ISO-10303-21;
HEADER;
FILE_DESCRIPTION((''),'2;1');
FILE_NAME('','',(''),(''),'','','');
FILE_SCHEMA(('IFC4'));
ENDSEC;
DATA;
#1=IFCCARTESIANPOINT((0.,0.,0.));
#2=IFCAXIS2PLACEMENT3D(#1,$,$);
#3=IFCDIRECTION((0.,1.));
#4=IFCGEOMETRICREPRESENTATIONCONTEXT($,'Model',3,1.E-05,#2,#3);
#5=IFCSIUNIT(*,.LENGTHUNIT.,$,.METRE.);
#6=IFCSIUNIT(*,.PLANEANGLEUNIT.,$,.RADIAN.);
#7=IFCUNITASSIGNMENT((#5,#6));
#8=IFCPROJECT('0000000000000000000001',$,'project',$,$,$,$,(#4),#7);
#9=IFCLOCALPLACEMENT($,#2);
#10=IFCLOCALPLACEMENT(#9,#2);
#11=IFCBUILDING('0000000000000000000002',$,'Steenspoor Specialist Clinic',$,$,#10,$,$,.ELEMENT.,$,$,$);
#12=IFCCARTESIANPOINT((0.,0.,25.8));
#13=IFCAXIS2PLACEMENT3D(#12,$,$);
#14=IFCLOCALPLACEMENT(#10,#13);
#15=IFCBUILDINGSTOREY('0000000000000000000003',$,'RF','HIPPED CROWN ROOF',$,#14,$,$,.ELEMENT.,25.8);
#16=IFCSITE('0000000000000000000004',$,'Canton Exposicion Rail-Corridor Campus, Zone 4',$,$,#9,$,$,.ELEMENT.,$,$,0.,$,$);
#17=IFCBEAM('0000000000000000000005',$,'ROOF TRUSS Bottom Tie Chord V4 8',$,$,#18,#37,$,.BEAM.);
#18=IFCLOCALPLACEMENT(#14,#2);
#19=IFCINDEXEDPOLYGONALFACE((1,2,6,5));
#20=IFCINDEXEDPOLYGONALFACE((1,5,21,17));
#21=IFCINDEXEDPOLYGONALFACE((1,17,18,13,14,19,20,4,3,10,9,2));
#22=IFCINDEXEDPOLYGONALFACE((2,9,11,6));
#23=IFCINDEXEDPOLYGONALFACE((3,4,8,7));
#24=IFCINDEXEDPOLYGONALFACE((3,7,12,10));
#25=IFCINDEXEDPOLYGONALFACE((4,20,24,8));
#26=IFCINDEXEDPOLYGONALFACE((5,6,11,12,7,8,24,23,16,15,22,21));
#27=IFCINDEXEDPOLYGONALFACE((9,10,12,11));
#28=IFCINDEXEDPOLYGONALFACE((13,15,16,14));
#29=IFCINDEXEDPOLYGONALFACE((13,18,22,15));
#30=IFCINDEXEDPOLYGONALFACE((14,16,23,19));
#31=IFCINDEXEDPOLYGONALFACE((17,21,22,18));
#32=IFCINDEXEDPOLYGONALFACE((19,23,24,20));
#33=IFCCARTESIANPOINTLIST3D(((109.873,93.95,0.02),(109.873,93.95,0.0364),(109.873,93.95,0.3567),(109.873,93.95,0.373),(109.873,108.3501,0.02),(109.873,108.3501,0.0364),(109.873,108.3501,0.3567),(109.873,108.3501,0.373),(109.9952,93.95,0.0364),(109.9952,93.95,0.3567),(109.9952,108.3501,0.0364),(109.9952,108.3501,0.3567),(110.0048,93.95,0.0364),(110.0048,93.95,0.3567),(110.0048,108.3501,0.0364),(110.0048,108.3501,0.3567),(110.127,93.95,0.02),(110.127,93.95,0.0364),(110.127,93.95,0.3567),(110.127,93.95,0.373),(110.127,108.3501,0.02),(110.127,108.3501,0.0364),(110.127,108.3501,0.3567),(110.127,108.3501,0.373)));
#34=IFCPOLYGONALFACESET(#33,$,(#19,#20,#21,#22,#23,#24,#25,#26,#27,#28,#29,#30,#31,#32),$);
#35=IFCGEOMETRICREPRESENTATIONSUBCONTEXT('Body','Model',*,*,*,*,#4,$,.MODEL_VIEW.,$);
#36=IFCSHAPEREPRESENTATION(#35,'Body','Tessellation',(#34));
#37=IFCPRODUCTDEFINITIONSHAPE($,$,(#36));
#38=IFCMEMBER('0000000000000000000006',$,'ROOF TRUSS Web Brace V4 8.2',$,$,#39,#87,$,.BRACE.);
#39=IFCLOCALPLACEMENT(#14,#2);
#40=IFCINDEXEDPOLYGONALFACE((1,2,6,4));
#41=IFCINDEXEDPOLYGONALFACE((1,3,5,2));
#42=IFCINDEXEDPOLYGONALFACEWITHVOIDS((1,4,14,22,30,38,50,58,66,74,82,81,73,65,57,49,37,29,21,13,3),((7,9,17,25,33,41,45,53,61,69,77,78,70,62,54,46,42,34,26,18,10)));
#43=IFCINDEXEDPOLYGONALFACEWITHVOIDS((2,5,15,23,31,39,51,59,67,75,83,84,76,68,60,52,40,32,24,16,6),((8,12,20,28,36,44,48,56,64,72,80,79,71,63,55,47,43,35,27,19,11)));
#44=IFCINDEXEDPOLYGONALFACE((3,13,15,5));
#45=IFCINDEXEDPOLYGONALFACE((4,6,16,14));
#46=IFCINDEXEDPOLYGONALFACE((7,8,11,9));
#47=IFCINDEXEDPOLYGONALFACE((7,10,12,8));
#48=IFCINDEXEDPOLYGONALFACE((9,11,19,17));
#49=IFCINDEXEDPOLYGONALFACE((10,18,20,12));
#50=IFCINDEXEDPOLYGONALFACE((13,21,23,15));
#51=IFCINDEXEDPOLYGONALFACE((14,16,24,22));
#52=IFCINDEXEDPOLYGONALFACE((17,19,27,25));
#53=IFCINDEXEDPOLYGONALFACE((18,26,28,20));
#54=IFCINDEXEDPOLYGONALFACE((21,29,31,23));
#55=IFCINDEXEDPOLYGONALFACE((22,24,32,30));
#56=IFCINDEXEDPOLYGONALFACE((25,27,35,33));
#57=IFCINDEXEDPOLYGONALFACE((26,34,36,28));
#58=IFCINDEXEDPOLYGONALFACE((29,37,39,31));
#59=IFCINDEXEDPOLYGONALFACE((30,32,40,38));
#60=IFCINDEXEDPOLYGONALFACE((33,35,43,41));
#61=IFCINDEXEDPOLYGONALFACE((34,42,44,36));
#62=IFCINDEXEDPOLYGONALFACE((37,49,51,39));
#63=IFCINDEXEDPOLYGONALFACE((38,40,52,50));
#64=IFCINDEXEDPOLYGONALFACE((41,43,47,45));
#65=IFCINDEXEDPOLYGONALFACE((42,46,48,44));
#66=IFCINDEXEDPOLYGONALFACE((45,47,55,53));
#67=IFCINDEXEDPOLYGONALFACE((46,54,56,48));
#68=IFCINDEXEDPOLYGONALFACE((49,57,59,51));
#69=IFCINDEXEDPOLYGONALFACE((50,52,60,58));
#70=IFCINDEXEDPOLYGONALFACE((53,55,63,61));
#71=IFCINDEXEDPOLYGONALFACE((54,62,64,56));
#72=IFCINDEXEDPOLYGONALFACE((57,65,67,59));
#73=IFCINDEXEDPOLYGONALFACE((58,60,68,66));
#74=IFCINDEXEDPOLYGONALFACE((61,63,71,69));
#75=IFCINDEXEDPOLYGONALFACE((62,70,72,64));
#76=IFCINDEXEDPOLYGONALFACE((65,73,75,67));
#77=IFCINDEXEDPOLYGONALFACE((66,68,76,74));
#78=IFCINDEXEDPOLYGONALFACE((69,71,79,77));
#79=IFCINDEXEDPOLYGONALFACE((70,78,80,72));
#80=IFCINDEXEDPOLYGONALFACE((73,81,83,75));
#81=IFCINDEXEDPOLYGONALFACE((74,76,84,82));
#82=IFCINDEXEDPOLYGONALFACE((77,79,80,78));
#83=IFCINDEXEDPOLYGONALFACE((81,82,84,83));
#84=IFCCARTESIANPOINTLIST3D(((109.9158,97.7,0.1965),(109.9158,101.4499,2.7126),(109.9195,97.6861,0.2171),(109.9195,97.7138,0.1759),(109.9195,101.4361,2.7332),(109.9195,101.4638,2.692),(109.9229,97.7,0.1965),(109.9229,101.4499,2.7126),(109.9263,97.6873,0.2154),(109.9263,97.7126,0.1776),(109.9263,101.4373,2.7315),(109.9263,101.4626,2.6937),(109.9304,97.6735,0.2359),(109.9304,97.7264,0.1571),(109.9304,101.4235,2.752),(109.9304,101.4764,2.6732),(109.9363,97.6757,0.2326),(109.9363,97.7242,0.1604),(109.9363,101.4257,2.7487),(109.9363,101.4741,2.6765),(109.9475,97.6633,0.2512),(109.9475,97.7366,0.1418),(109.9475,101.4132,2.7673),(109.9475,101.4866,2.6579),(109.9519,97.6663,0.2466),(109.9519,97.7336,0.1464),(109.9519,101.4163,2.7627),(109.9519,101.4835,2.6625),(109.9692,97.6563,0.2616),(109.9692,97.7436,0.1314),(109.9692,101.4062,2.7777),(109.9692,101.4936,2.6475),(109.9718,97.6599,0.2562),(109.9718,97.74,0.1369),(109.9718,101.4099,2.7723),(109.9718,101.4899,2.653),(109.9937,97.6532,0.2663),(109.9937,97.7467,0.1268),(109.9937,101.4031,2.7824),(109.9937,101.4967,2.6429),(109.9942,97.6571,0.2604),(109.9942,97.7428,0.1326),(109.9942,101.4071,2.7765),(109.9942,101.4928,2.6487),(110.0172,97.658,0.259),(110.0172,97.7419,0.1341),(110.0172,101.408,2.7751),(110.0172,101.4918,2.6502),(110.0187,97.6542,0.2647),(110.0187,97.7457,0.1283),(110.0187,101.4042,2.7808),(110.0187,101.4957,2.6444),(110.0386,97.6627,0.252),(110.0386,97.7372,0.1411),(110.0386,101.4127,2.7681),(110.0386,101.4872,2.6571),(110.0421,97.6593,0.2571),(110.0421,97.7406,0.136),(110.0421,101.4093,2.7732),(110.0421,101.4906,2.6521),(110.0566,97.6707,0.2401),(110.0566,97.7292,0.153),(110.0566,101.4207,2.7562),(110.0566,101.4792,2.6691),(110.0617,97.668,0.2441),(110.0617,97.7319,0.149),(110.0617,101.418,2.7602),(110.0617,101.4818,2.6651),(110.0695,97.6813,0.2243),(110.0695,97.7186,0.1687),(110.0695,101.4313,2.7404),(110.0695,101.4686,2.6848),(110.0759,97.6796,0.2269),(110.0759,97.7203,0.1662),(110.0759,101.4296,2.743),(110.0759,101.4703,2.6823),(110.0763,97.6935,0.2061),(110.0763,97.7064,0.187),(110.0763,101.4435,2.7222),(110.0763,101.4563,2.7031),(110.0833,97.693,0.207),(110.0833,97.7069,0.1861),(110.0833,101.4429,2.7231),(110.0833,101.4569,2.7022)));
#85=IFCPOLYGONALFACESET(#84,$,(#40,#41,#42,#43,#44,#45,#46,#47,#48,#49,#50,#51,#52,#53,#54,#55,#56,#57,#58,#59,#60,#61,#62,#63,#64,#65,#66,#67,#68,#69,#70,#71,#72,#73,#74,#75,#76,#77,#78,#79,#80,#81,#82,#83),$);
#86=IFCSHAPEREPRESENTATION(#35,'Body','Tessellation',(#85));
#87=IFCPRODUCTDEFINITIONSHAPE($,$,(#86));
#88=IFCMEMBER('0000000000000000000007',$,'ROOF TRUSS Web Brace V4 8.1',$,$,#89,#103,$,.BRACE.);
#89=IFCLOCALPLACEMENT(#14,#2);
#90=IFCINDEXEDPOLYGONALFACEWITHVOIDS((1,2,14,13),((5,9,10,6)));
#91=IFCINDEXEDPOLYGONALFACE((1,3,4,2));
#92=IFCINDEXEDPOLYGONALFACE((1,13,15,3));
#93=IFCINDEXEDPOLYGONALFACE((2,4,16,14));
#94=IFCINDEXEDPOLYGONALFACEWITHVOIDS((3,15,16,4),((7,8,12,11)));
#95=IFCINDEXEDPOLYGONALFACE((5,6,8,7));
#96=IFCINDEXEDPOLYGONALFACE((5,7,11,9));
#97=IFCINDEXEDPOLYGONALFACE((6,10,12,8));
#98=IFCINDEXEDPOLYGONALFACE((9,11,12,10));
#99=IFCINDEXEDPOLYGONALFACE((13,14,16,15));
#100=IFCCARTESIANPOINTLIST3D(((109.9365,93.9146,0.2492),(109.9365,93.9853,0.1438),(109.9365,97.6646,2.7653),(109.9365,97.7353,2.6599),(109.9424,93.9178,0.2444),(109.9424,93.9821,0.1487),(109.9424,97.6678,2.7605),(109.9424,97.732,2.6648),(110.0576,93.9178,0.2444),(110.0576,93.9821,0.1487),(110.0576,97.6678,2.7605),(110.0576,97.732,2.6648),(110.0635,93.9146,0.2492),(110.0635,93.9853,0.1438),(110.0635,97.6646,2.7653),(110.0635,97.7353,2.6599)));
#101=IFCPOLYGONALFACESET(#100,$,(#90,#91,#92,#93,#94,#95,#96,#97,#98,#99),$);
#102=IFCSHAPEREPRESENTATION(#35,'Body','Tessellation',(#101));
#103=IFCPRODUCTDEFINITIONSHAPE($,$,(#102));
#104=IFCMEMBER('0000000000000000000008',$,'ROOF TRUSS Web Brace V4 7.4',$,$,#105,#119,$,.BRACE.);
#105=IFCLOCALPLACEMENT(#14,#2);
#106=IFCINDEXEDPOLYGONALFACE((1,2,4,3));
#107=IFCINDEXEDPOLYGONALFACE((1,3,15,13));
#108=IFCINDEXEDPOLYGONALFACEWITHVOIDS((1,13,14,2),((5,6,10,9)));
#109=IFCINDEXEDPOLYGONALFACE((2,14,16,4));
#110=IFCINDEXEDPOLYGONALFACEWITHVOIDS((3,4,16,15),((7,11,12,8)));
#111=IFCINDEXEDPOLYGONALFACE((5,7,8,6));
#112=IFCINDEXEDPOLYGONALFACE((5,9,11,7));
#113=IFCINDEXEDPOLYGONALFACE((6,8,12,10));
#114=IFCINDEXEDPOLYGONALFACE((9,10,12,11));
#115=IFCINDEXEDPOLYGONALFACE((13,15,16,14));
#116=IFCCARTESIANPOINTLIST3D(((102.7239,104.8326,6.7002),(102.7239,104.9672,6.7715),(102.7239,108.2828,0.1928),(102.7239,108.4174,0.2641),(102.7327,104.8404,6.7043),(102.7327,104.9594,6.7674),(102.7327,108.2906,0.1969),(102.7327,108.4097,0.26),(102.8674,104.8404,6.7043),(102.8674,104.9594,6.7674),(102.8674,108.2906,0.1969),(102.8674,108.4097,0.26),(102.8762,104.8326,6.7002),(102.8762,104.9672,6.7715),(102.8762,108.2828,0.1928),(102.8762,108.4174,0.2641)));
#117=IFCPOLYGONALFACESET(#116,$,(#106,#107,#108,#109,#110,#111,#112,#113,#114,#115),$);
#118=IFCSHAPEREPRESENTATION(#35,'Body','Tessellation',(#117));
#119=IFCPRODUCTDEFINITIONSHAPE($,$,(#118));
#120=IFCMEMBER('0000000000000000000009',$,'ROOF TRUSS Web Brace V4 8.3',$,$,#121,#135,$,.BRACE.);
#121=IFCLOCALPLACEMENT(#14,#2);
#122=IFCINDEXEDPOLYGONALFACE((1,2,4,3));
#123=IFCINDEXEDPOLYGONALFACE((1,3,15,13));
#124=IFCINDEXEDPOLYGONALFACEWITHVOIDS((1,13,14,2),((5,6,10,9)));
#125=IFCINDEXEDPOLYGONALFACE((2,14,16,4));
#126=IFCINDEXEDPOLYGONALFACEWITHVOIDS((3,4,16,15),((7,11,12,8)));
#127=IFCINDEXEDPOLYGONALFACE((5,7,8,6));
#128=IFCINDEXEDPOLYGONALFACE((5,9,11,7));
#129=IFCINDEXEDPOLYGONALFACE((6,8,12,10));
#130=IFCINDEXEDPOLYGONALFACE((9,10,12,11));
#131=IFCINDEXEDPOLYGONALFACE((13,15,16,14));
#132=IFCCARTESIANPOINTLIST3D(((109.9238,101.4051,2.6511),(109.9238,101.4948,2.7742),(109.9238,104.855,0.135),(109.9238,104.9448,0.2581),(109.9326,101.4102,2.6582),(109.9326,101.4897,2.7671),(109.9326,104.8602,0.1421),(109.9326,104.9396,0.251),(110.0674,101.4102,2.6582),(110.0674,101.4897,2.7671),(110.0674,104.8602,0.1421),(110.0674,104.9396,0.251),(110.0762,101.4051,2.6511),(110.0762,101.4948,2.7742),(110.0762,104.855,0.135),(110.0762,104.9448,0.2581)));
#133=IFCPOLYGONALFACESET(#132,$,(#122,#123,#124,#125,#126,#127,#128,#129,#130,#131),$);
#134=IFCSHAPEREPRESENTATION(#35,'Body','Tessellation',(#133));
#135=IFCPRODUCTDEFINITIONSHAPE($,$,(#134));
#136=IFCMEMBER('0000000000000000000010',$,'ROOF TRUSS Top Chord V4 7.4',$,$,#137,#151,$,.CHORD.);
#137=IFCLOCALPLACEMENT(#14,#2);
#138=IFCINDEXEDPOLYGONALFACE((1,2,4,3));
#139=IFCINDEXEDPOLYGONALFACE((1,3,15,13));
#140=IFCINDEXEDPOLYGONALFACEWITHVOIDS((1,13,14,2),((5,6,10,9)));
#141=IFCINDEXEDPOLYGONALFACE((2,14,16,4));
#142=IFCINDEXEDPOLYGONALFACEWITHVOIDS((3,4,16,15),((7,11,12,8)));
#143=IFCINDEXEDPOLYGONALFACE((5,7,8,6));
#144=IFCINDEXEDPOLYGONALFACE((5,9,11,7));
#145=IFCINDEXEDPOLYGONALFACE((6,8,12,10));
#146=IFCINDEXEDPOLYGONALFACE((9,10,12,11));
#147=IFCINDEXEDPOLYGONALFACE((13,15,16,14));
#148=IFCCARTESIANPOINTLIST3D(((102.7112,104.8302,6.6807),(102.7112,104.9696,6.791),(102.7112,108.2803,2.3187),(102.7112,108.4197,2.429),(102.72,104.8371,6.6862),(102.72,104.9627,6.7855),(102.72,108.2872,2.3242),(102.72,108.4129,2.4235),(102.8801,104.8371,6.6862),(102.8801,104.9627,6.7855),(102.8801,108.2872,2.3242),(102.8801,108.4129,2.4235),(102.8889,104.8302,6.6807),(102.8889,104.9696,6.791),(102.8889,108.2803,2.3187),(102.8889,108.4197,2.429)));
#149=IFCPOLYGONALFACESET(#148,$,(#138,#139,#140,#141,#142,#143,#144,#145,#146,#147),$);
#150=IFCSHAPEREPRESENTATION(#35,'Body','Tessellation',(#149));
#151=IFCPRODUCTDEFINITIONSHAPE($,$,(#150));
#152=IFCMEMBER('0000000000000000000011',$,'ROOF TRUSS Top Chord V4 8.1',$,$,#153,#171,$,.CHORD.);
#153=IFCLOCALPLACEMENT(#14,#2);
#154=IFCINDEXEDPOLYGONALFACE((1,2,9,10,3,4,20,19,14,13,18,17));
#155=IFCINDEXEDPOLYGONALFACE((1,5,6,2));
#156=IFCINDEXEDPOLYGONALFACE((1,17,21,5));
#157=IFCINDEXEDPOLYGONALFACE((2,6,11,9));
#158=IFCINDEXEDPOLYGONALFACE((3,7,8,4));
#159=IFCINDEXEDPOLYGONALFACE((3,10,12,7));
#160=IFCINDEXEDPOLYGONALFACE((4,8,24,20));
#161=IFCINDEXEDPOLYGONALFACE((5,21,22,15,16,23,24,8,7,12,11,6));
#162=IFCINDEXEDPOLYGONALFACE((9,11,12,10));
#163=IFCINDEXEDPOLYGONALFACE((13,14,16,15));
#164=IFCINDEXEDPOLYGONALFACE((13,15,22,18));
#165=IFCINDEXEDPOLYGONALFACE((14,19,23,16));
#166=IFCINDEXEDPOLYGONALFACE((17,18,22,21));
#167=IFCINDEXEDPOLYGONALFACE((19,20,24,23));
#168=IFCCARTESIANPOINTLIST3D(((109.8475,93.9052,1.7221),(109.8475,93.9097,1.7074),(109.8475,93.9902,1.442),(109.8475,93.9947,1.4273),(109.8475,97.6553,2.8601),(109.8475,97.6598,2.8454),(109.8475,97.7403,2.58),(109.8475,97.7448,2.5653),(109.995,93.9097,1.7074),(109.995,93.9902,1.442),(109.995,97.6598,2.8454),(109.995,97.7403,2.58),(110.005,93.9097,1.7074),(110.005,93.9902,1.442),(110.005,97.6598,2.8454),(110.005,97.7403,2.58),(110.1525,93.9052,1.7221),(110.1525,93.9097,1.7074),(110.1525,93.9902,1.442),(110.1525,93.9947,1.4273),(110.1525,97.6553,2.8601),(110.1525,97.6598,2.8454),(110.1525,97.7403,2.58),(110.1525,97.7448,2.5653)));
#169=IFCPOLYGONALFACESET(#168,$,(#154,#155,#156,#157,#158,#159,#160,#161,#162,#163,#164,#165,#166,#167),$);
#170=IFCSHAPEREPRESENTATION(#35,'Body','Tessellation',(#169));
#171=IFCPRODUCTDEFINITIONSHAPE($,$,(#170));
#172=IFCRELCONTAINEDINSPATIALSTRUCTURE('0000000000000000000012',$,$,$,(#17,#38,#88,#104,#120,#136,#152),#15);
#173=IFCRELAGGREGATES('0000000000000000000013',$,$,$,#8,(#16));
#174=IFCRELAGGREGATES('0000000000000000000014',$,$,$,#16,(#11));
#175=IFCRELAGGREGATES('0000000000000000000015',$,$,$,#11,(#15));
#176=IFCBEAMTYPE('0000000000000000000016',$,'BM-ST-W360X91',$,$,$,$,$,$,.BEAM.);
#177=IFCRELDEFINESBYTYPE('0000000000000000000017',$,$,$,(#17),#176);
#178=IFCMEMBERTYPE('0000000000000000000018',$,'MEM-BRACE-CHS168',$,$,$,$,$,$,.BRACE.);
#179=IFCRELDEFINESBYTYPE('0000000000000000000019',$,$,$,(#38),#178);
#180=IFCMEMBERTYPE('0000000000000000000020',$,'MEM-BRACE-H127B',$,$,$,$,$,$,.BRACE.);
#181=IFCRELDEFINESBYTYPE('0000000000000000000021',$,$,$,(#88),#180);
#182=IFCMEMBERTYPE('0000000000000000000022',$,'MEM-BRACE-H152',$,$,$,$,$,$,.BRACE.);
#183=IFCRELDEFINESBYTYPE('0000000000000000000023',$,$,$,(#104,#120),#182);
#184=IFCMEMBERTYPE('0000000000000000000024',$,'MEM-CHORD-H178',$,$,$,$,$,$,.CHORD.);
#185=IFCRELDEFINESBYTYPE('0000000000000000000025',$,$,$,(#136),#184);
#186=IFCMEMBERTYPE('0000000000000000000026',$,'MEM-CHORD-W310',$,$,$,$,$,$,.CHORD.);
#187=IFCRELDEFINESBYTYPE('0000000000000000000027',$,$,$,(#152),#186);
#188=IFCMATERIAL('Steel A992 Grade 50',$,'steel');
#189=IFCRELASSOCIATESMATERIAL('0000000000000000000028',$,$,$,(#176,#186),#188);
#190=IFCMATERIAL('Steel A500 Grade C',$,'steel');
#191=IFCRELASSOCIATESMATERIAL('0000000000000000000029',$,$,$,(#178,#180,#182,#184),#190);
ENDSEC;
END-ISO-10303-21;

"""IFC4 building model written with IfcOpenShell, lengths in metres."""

from ifc_helpers import new_model, si_unit, direction, frame, origin, origin_2d, place, context, subcontext, project, spatial, hollow_rectangle, hollow_circle, i_section, extrude, material, material_profile, profile_set, type_object, element, save


model = new_model("IFC4")

# Units and contexts
model_context = context("Model", 3, precision=1e-05, world=origin(), true_north=direction((0.0, 1.0)))
body_context = subcontext(model_context, "Body", "Model", "MODEL_VIEW")
ifc_project = project(units=[si_unit("LENGTHUNIT", "METRE"), si_unit("PLANEANGLEUNIT", "RADIAN")], contexts=[model_context])

# Site, building, storey
site_placement = place(None, origin())
site = spatial("IfcSite", under=ifc_project, at=site_placement, Name="Canton Exposicion Rail-Corridor Campus, Zone 4", CompositionType="ELEMENT", RefElevation=0.0)
building_placement = place(site_placement, origin())
building = spatial("IfcBuilding", under=site, at=building_placement, Name="Steenspoor Specialist Clinic", CompositionType="ELEMENT")
storey_placement = place(building_placement, frame((0.0, 0.0, 25.8)))
storey = spatial("IfcBuildingStorey", under=building, at=storey_placement, Name="RF", Description="HIPPED CROWN ROOF", CompositionType="ELEMENT", Elevation=25.8)

# Beam
ifc_material_1 = material(Name="Steel A992 Grade 50", Category="steel")
ifc_material_profile_1 = material_profile(ifc_material_1, i_section(OverallWidth=0.2539, OverallDepth=0.353, WebThickness=0.0095, FlangeThickness=0.0164, at=origin_2d()), Name="W360X91")
ifc_profile_set_1 = profile_set([ifc_material_profile_1], Name="Steel A992 Grade 50")
beam_type = type_object("IfcBeamType", Name="BM-ST-W360X91", PredefinedType="BEAM", material=ifc_profile_set_1)
beam_placement = place(storey_placement, frame((110.0, 93.95, 0.1965), z_axis=(0.0, 1.0, 0.0), x_axis=(-1.0, 0.0, 0.0)))
element("IfcBeam", 1, at=beam_placement, inside=storey, type_object=beam_type, Name="ROOF TRUSS Bottom Tie Chord V4 8", PredefinedType="BEAM", context=body_context, shape_type="SweptSolid", body=[
    extrude(i_section(OverallWidth=0.2539, OverallDepth=0.353, WebThickness=0.0095, FlangeThickness=0.0164, at=origin_2d()), origin(), (0.0, 0.0, 1.0), 14.4001),
])

# Members
ifc_material_2 = material(Name="Steel A500 Grade C", Category="steel")
ifc_material_profile_2 = material_profile(ifc_material_2, hollow_circle(Radius=0.0842, WallThickness=0.0071, at=origin_2d()), Name="CHS168X7.1")
ifc_profile_set_2 = profile_set([ifc_material_profile_2], Name="Steel A500 Grade C")
member_type_1 = type_object("IfcMemberType", Name="MEM-BRACE-CHS168", PredefinedType="BRACE", material=ifc_profile_set_2)
member_1_placement = place(storey_placement, frame((110.0, 97.7, 0.1965), z_axis=(0.0, 0.8304, 0.557168), x_axis=(-1.0, 0.0, 0.0)))
element("IfcMember", 2, at=member_1_placement, inside=storey, type_object=member_type_1, Name="ROOF TRUSS Web Brace V4 8.2", PredefinedType="BRACE", context=body_context, shape_type="SweptSolid", body=[
    extrude(hollow_circle(Radius=0.0842, WallThickness=0.0071, at=origin_2d()), origin(), (0.0, 0.0, 1.0), 4.5159),
])
ifc_material_profile_3 = material_profile(ifc_material_2, hollow_rectangle(XDim=0.127, YDim=0.127, WallThickness=0.0059, at=origin_2d()), Name="HSS127X127X6.4")
ifc_profile_set_3 = profile_set([ifc_material_profile_3], Name="Steel A500 Grade C")
member_type_2 = type_object("IfcMemberType", Name="MEM-BRACE-H127B", PredefinedType="BRACE", material=ifc_profile_set_3)
member_2_placement = place(storey_placement, frame((110.0, 93.95, 0.1965), z_axis=(0.0, 0.8304, 0.557168), x_axis=(-1.0, 0.0, 0.0)))
element("IfcMember", 3, at=member_2_placement, inside=storey, type_object=member_type_2, Name="ROOF TRUSS Web Brace V4 8.1", PredefinedType="BRACE", context=body_context, shape_type="SweptSolid", body=[
    extrude(hollow_rectangle(XDim=0.127, YDim=0.127, WallThickness=0.0059, at=origin_2d()), origin(), (0.0, 0.0, 1.0), 4.5159),
])
ifc_material_profile_4 = material_profile(ifc_material_2, hollow_rectangle(XDim=0.1523, YDim=0.1523, WallThickness=0.0088, at=origin_2d()), Name="HSS152X152X9.5")
ifc_profile_set_4 = profile_set([ifc_material_profile_4], Name="Steel A500 Grade C")
member_type_3 = type_object("IfcMemberType", Name="MEM-BRACE-H152", PredefinedType="BRACE", material=ifc_profile_set_4)
member_3_placement = place(storey_placement, frame((102.8, 104.8999, 6.7358), z_axis=(0.0, 0.468433, -0.883499), x_axis=(-1.0, 0.0, 0.0)))
element("IfcMember", 4, at=member_3_placement, inside=storey, type_object=member_type_3, Name="ROOF TRUSS Web Brace V4 7.4", PredefinedType="BRACE", context=body_context, shape_type="SweptSolid", body=[
    extrude(hollow_rectangle(XDim=0.1523, YDim=0.1523, WallThickness=0.0088, at=origin_2d()), origin(), (0.0, 0.0, 1.0), 7.3655),
])
member_4_placement = place(storey_placement, frame((110.0, 101.45, 2.7126), z_axis=(0.0, 0.807949, -0.589252), x_axis=(-1.0, 0.0, 0.0)))
element("IfcMember", 5, at=member_4_placement, inside=storey, type_object=member_type_3, Name="ROOF TRUSS Web Brace V4 8.3", PredefinedType="BRACE", context=body_context, shape_type="SweptSolid", body=[
    extrude(hollow_rectangle(XDim=0.1523, YDim=0.1523, WallThickness=0.0088, at=origin_2d()), origin(), (0.0, 0.0, 1.0), 4.27),
])
ifc_material_profile_5 = material_profile(ifc_material_2, hollow_rectangle(XDim=0.1777, YDim=0.1777, WallThickness=0.0088, at=origin_2d()), Name="HSS178X178X9.5")
ifc_profile_set_5 = profile_set([ifc_material_profile_5], Name="Steel A500 Grade C")
member_type_4 = type_object("IfcMemberType", Name="MEM-CHORD-H178", PredefinedType="CHORD", material=ifc_profile_set_5)
member_5_placement = place(storey_placement, frame((102.8, 104.8999, 6.7358), z_axis=(0.0, 0.62036, -0.784317), x_axis=(-1.0, 0.0, 0.0)))
element("IfcMember", 6, at=member_5_placement, inside=storey, type_object=member_type_4, Name="ROOF TRUSS Top Chord V4 7.4", PredefinedType="CHORD", context=body_context, shape_type="SweptSolid", body=[
    extrude(hollow_rectangle(XDim=0.1777, YDim=0.1777, WallThickness=0.0088, at=origin_2d()), origin(), (0.0, 0.0, 1.0), 5.5615),
])
ifc_material_profile_6 = material_profile(ifc_material_1, i_section(OverallWidth=0.3049, OverallDepth=0.3081, WebThickness=0.01, FlangeThickness=0.0154, at=origin_2d()), Name="W310X97")
ifc_profile_set_6 = profile_set([ifc_material_profile_6], Name="Steel A992 Grade 50")
member_type_5 = type_object("IfcMemberType", Name="MEM-CHORD-W310", PredefinedType="CHORD", material=ifc_profile_set_6)
member_6_placement = place(storey_placement, frame((110.0, 93.95, 1.5747), z_axis=(0.0, 0.956913, 0.290376), x_axis=(-1.0, 0.0, 0.0)))
element("IfcMember", 7, at=member_6_placement, inside=storey, type_object=member_type_5, Name="ROOF TRUSS Top Chord V4 8.1", PredefinedType="CHORD", context=body_context, shape_type="SweptSolid", body=[
    extrude(i_section(OverallWidth=0.3049, OverallDepth=0.3081, WebThickness=0.01, FlangeThickness=0.0154, at=origin_2d()), origin(), (0.0, 0.0, 1.0), 3.9189),
])

save(model, "model.ifc")
